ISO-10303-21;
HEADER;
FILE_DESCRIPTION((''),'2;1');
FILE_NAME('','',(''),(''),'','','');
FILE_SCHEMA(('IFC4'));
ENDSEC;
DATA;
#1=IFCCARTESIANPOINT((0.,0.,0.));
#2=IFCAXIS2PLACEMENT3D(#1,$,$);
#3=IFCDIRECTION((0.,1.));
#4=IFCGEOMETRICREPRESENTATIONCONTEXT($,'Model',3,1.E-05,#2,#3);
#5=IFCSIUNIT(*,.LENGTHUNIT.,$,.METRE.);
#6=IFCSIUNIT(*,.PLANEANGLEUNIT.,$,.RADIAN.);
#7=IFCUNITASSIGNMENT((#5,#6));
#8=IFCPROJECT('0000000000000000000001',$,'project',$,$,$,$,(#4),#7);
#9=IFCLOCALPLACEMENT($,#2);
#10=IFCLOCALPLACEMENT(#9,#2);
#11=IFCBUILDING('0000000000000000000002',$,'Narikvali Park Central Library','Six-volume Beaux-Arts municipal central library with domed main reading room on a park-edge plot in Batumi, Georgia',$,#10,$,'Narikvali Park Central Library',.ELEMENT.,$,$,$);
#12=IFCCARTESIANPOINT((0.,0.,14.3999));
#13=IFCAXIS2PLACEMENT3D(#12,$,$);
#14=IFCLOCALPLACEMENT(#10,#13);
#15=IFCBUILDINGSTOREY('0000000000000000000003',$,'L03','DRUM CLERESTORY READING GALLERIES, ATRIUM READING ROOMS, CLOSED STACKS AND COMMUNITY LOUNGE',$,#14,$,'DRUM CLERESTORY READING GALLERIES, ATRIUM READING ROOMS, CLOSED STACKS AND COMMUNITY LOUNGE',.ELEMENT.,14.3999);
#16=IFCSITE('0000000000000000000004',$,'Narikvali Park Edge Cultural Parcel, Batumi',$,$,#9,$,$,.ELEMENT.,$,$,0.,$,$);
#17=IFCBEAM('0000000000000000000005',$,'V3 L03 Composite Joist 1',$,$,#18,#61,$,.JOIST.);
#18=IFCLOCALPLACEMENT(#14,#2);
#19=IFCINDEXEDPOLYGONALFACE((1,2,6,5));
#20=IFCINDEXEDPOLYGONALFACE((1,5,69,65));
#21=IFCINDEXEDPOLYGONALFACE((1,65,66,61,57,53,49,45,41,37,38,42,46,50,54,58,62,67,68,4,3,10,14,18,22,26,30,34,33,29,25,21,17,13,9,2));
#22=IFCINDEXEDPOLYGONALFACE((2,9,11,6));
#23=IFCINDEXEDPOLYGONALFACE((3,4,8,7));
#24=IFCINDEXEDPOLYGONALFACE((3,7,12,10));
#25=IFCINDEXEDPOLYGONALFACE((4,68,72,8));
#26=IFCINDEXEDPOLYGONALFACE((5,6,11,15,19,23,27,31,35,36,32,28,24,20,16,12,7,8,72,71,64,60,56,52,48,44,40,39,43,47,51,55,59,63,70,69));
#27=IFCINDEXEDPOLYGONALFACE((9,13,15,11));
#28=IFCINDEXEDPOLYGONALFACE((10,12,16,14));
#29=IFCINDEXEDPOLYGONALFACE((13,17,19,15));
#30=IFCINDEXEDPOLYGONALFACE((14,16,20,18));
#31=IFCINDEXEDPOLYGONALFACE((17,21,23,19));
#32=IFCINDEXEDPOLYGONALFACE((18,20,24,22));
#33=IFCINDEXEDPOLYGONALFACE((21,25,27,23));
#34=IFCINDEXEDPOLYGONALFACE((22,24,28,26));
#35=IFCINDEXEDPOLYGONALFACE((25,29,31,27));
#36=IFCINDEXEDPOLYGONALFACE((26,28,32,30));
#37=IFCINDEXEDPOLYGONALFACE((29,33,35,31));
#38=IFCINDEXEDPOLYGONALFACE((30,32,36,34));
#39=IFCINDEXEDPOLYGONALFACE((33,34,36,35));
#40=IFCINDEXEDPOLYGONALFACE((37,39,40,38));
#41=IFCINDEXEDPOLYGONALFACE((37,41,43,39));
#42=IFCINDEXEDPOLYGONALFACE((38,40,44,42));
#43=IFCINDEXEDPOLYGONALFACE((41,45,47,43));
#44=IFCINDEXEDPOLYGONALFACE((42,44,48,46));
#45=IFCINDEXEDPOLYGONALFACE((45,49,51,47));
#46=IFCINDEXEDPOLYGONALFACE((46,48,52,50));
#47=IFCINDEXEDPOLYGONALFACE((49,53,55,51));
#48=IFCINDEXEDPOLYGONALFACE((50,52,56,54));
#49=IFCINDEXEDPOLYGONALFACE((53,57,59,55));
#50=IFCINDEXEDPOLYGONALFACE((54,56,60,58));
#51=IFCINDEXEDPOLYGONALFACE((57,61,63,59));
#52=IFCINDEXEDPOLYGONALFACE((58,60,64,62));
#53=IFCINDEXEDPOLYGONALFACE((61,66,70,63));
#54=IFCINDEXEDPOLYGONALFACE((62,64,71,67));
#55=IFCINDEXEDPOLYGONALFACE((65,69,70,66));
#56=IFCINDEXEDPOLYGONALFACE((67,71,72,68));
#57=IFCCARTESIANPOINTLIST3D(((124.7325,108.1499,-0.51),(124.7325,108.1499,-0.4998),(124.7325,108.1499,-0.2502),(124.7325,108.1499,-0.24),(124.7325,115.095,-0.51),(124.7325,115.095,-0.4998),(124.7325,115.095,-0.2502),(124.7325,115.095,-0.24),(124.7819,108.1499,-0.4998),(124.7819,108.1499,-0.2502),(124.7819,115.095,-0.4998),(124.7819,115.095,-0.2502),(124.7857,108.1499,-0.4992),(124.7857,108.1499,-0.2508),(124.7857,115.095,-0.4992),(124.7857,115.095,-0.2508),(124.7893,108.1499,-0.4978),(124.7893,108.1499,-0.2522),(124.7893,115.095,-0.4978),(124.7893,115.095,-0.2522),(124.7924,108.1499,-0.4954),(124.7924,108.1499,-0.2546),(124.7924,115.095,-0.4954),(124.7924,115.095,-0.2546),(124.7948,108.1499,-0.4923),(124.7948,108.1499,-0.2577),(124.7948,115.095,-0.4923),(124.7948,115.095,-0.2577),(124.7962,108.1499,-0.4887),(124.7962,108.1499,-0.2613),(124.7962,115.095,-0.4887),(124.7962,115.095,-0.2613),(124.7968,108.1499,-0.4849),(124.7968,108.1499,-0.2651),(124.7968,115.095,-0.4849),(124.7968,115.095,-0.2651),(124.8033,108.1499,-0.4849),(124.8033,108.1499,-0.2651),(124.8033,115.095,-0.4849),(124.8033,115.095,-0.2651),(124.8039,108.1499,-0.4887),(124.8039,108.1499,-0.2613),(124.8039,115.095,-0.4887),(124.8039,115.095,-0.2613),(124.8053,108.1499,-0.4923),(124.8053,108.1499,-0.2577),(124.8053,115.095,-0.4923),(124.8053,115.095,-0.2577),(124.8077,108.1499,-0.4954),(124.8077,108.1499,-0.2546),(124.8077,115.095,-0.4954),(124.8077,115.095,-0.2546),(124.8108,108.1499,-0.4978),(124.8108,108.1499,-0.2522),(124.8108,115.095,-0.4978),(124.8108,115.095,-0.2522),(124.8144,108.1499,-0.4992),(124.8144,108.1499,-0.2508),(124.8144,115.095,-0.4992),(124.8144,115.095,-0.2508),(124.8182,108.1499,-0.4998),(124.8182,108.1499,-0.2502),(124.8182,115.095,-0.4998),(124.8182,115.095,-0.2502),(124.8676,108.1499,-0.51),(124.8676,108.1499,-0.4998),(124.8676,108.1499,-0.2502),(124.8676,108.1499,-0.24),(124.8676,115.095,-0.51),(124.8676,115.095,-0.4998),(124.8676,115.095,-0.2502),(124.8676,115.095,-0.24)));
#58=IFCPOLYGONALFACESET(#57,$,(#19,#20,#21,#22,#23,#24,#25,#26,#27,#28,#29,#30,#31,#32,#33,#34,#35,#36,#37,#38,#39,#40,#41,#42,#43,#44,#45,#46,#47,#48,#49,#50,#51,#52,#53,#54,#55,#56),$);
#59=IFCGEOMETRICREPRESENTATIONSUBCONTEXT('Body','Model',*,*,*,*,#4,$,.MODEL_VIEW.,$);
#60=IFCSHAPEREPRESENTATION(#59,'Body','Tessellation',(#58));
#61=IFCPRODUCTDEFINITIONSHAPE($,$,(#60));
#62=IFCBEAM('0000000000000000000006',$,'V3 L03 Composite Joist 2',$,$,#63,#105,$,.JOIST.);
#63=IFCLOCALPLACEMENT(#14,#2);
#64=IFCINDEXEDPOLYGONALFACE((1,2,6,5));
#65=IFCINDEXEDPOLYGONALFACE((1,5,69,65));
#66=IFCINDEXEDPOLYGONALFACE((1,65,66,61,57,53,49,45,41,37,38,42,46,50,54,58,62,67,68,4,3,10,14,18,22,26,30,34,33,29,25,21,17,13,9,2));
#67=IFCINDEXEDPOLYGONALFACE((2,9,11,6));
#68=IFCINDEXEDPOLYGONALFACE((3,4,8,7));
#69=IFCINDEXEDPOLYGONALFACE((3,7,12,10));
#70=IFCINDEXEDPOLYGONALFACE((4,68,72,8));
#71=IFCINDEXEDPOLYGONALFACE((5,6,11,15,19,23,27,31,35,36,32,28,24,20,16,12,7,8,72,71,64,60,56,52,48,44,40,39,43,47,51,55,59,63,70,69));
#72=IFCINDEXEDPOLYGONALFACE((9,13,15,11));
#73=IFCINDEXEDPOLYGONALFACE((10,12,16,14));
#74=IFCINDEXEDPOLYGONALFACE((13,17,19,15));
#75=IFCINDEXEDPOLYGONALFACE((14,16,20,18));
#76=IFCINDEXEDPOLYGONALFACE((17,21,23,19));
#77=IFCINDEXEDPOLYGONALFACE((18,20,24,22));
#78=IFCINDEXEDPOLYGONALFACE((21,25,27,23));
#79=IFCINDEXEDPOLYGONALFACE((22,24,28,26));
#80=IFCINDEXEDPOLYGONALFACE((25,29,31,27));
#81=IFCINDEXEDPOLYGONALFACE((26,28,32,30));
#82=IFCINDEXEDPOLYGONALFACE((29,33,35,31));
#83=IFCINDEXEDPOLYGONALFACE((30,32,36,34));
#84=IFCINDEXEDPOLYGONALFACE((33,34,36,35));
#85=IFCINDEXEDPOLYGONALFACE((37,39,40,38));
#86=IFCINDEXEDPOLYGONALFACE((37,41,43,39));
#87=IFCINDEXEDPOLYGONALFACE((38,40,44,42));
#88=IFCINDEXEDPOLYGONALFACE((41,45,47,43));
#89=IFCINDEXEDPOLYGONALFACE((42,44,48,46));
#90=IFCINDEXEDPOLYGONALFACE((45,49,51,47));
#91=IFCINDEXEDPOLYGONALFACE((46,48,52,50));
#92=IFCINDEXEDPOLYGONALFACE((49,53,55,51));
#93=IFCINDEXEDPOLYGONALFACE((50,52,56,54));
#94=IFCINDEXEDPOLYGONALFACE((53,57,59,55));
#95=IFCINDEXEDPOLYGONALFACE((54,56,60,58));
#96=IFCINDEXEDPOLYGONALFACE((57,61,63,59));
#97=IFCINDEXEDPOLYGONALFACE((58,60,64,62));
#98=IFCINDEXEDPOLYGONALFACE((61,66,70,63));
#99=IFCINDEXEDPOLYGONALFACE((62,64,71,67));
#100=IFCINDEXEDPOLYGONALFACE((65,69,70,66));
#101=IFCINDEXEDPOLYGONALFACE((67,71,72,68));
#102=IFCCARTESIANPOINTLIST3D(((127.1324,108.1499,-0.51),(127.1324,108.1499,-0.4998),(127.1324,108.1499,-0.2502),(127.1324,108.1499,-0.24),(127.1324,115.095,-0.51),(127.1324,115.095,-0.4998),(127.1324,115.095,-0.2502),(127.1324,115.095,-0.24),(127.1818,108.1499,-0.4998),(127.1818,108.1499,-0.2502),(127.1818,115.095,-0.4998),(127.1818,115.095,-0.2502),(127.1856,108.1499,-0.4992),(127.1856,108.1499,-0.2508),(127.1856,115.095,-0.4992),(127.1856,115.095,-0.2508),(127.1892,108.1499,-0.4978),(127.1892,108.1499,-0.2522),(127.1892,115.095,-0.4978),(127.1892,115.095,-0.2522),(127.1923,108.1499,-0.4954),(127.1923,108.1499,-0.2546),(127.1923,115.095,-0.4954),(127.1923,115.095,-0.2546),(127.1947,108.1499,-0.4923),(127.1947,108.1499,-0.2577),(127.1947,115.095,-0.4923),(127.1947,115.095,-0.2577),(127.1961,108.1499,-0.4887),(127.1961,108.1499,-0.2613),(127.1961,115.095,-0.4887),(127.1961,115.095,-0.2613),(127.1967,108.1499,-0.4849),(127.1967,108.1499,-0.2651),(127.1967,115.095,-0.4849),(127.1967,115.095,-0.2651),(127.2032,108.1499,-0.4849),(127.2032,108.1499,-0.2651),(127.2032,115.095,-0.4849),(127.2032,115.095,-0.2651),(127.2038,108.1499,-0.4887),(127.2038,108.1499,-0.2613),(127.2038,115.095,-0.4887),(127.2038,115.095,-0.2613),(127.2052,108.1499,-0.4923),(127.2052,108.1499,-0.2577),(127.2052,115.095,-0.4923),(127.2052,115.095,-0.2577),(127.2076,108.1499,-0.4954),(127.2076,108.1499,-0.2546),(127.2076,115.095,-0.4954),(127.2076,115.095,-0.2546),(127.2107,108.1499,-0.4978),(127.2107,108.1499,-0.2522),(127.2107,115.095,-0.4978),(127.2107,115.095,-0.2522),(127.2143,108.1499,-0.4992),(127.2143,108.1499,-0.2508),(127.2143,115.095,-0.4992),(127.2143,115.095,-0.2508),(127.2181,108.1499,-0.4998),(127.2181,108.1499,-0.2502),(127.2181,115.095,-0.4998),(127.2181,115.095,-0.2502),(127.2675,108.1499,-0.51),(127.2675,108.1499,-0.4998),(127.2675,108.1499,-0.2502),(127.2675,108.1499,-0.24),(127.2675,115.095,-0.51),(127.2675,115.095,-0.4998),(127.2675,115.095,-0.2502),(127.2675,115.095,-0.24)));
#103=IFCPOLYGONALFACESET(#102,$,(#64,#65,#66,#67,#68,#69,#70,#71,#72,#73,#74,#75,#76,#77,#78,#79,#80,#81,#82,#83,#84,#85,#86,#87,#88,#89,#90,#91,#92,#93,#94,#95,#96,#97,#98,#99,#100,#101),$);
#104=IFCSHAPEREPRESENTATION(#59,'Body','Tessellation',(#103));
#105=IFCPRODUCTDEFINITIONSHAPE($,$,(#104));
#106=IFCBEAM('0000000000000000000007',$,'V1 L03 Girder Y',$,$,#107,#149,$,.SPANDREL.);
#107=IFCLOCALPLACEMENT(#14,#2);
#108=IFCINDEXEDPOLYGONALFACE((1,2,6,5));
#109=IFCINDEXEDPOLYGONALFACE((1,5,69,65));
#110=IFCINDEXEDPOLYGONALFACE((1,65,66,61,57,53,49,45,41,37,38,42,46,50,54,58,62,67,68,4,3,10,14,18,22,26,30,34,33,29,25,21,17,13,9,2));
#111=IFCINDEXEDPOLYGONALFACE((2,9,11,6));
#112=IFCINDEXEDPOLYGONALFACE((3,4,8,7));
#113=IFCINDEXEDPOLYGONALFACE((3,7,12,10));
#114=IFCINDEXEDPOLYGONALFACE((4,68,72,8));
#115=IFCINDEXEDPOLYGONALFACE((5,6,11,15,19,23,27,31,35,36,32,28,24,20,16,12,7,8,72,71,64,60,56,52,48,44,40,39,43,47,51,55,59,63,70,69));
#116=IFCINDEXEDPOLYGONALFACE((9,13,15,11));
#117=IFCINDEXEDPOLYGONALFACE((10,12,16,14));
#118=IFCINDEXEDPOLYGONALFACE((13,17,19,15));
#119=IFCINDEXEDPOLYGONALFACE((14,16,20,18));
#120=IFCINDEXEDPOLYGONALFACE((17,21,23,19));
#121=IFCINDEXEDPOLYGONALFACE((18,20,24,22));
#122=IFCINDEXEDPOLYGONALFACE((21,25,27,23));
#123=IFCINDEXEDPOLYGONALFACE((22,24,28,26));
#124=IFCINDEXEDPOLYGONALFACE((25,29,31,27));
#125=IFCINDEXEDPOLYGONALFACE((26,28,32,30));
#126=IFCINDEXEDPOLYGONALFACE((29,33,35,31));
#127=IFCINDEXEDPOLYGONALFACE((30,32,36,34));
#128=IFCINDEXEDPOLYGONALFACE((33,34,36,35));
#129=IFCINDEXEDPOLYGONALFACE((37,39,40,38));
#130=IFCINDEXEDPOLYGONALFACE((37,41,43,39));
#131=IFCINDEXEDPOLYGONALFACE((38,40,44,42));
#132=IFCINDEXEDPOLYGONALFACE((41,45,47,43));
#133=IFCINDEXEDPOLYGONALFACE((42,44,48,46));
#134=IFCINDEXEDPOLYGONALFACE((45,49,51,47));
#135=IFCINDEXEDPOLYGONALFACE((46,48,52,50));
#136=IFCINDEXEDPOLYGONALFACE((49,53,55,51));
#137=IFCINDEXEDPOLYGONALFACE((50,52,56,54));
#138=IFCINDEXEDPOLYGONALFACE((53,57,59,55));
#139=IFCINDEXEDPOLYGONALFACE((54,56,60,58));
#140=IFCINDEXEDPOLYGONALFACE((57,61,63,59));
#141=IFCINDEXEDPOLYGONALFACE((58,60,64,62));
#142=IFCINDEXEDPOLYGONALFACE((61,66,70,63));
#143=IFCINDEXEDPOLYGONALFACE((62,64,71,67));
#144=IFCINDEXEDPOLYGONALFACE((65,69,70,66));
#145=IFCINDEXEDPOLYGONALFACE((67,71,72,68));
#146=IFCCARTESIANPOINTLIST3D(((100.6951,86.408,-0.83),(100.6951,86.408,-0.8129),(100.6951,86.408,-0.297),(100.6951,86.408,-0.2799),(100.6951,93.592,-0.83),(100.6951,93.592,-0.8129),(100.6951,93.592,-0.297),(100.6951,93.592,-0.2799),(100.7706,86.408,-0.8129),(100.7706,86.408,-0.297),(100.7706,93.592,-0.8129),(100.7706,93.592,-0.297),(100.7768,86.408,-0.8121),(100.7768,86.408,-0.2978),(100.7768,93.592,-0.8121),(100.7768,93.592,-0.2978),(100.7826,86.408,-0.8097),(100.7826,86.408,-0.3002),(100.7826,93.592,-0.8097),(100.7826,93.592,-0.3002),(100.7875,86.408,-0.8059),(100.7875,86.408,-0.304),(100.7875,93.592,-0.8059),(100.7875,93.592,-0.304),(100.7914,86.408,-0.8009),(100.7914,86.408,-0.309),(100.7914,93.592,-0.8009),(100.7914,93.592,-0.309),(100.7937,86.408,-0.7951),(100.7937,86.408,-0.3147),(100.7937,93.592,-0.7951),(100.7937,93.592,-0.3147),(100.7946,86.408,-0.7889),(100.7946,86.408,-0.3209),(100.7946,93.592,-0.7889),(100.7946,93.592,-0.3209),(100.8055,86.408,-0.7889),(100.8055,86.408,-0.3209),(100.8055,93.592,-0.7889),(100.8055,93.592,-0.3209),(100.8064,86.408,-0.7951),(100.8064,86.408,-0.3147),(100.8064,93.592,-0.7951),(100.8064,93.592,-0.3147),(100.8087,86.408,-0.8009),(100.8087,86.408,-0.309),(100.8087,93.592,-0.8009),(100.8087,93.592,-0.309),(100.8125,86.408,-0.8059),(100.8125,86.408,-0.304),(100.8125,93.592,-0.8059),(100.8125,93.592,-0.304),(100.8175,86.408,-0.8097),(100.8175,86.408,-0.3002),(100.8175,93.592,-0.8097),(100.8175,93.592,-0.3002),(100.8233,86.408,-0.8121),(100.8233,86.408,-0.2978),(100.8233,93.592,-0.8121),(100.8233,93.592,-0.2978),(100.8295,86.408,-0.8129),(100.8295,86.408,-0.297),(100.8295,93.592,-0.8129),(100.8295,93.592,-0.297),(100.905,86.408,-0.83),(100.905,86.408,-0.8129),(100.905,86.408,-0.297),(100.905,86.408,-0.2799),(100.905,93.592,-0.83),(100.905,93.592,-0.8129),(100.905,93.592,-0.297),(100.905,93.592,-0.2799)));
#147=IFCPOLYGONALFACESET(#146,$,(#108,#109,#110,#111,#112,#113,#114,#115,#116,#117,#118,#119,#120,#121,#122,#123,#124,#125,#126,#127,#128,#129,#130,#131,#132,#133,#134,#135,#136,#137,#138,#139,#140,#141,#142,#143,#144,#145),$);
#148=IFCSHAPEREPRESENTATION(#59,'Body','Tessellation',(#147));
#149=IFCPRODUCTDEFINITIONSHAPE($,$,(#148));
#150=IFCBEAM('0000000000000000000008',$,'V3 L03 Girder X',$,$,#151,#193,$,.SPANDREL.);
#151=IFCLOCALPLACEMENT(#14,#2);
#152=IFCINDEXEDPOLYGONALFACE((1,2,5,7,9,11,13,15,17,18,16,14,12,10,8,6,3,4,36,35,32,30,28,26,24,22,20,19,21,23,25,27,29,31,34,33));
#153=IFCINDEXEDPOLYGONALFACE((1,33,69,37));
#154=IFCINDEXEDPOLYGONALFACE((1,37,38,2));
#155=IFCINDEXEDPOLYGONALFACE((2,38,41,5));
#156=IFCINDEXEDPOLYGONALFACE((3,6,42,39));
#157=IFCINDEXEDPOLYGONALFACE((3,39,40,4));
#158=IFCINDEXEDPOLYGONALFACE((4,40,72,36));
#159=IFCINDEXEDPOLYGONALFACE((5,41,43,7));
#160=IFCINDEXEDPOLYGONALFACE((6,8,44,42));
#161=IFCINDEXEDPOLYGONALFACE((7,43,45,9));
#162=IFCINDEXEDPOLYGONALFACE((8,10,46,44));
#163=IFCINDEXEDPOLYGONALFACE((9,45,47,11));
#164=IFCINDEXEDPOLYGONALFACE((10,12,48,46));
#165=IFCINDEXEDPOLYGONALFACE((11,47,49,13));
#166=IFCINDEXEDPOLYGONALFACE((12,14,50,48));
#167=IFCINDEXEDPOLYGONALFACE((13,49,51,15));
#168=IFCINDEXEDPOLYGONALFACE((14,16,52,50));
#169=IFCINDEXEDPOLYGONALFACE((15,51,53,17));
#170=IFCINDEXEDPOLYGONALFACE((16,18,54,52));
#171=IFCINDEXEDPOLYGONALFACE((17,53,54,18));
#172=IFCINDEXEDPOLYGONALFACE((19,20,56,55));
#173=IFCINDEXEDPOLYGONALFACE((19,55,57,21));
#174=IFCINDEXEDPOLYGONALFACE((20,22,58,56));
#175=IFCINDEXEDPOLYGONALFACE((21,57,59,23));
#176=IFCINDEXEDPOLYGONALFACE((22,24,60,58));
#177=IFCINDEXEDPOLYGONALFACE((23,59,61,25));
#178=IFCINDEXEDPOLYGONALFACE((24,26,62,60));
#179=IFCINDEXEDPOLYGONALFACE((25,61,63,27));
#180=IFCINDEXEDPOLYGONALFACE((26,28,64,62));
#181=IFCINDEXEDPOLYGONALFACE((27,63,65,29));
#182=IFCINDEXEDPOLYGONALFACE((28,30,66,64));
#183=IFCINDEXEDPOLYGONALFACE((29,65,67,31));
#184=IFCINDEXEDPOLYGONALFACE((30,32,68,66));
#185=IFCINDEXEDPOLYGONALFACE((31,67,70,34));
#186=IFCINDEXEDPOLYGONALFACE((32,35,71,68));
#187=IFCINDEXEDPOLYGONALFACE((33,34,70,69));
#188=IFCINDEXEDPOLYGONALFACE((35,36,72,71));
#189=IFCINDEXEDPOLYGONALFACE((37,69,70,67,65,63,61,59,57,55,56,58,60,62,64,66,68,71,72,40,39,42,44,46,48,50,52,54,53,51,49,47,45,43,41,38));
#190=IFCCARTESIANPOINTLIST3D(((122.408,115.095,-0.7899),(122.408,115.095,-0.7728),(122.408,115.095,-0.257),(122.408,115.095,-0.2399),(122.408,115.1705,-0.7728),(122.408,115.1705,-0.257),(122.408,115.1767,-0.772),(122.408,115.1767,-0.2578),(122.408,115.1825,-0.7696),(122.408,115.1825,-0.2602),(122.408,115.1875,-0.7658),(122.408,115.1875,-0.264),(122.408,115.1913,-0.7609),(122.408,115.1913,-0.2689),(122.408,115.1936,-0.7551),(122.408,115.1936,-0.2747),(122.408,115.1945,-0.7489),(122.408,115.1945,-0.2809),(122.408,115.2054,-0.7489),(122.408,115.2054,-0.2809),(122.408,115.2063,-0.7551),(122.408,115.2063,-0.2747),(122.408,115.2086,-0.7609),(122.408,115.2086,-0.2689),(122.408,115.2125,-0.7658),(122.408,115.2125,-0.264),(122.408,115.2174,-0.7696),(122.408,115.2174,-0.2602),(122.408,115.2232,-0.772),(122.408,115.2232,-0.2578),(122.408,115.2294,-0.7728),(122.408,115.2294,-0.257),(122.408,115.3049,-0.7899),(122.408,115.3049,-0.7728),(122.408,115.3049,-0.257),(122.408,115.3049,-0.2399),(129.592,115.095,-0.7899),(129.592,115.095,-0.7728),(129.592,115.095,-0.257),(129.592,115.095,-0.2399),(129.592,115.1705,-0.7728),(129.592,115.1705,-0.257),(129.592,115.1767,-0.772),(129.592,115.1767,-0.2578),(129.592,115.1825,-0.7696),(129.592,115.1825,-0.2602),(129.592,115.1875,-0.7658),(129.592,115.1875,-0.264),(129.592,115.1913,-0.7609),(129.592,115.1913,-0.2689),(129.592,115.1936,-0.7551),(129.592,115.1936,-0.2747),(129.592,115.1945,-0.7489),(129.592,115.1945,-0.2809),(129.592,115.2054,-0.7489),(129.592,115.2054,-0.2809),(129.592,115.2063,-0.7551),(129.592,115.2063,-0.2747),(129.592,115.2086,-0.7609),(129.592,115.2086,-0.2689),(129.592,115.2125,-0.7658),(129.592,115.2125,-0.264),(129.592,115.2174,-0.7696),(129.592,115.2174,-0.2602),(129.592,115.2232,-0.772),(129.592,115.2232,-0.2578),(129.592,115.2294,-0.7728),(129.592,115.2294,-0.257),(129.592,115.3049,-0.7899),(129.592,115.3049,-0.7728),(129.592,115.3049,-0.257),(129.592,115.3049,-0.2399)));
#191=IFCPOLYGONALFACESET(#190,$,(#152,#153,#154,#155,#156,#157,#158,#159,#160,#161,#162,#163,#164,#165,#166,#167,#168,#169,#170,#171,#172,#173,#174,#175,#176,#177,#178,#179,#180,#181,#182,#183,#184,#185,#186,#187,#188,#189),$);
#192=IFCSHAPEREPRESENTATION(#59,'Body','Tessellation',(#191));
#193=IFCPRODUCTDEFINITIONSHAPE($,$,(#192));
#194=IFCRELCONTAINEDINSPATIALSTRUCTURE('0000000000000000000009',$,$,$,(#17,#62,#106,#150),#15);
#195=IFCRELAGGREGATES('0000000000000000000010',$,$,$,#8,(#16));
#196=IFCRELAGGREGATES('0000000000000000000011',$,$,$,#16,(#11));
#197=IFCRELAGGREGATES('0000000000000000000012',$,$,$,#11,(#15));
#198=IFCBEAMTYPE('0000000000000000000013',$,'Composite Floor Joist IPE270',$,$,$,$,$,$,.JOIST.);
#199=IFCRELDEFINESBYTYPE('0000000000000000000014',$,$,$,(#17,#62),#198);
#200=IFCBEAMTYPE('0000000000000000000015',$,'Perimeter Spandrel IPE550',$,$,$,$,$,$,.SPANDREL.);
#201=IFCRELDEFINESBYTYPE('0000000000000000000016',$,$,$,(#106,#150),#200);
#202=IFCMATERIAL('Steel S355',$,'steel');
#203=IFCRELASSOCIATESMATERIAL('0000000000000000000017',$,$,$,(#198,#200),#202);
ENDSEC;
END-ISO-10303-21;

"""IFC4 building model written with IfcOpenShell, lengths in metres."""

from ifc_helpers import new_model, si_unit, direction, frame, origin, origin_2d, place, context, subcontext, project, spatial, i_section, extrude, material, material_profile, profile_set, type_object, element, save


model = new_model("IFC4")

# Units and contexts
model_context = context("Model", 3, precision=1e-05, world=origin(), true_north=direction((0.0, 1.0)))
body_context = subcontext(model_context, "Body", "Model", "MODEL_VIEW")
ifc_project = project(units=[si_unit("LENGTHUNIT", "METRE"), si_unit("PLANEANGLEUNIT", "RADIAN")], contexts=[model_context])

# Site, building, storey
site_placement = place(None, origin())
site = spatial("IfcSite", under=ifc_project, at=site_placement, Name="Narikvali Park Edge Cultural Parcel, Batumi", CompositionType="ELEMENT", RefElevation=0.0)
building_placement = place(site_placement, origin())
building = spatial("IfcBuilding", under=site, at=building_placement, Name="Narikvali Park Central Library", Description="Six-volume Beaux-Arts municipal central library with domed main reading room on a park-edge plot in Batumi, Georgia", LongName="Narikvali Park Central Library", CompositionType="ELEMENT")
storey_placement = place(building_placement, frame((0.0, 0.0, 14.3999)))
storey = spatial("IfcBuildingStorey", under=building, at=storey_placement, Name="L03", Description="DRUM CLERESTORY READING GALLERIES, ATRIUM READING ROOMS, CLOSED STACKS AND COMMUNITY LOUNGE", LongName="DRUM CLERESTORY READING GALLERIES, ATRIUM READING ROOMS, CLOSED STACKS AND COMMUNITY LOUNGE", CompositionType="ELEMENT", Elevation=14.3999)

# Shared definitions
ifc_material_1 = material(Name="Steel S355", Category="steel")

# Beams
ifc_material_profile_1 = material_profile(ifc_material_1, i_section(OverallWidth=0.135, OverallDepth=0.27, WebThickness=0.0066, FlangeThickness=0.0103, FilletRadius=0.0149, at=origin_2d()), Name="IPE 270")
ifc_profile_set_1 = profile_set([ifc_material_profile_1], Name="Steel S355")
beam_type_1 = type_object("IfcBeamType", Name="Composite Floor Joist IPE270", PredefinedType="JOIST", material=ifc_profile_set_1)
for number, where, z_axis, x_axis, name in (
    (1, (124.8, 108.1499, -0.375), (0.0, 1.0, 0.0), (-1.0, 0.0, 0.0), "V3 L03 Composite Joist 1"),
    (2, (127.2, 108.1499, -0.375), (0.0, 1.0, 0.0), (-1.0, 0.0, 0.0), "V3 L03 Composite Joist 2"),
):
    element("IfcBeam", number, at=place(storey_placement, frame(where, z_axis=z_axis, x_axis=x_axis)), inside=storey, type_object=beam_type_1, Name=name, PredefinedType="JOIST", context=body_context, shape_type="SweptSolid", body=[
        extrude(i_section(OverallWidth=0.135, OverallDepth=0.27, WebThickness=0.0066, FlangeThickness=0.0103, FilletRadius=0.0149, at=origin_2d()), origin(), (0.0, 0.0, 1.0), 6.9451),
    ])
ifc_material_profile_2 = material_profile(ifc_material_1, i_section(OverallWidth=0.21, OverallDepth=0.55, WebThickness=0.011, FlangeThickness=0.0171, FilletRadius=0.0239, at=origin_2d()), Name="IPE 550")
ifc_profile_set_2 = profile_set([ifc_material_profile_2], Name="Steel S355")
beam_type_2 = type_object("IfcBeamType", Name="Perimeter Spandrel IPE550", PredefinedType="SPANDREL", material=ifc_profile_set_2)
for number, where, z_axis, x_axis, name in (
    (3, (100.8, 86.408, -0.5549), (0.0, 1.0, 0.0), (-1.0, 0.0, 0.0), "V1 L03 Girder Y"),
    (4, (122.408, 115.2, -0.5149), (1.0, 0.0, 0.0), (0.0, 1.0, 0.0), "V3 L03 Girder X"),
):
    element("IfcBeam", number, at=place(storey_placement, frame(where, z_axis=z_axis, x_axis=x_axis)), inside=storey, type_object=beam_type_2, Name=name, PredefinedType="SPANDREL", context=body_context, shape_type="SweptSolid", body=[
        extrude(i_section(OverallWidth=0.21, OverallDepth=0.55, WebThickness=0.011, FlangeThickness=0.0171, FilletRadius=0.0239, at=origin_2d()), origin(), (0.0, 0.0, 1.0), 7.1841),
    ])

save(model, "model.ifc")
